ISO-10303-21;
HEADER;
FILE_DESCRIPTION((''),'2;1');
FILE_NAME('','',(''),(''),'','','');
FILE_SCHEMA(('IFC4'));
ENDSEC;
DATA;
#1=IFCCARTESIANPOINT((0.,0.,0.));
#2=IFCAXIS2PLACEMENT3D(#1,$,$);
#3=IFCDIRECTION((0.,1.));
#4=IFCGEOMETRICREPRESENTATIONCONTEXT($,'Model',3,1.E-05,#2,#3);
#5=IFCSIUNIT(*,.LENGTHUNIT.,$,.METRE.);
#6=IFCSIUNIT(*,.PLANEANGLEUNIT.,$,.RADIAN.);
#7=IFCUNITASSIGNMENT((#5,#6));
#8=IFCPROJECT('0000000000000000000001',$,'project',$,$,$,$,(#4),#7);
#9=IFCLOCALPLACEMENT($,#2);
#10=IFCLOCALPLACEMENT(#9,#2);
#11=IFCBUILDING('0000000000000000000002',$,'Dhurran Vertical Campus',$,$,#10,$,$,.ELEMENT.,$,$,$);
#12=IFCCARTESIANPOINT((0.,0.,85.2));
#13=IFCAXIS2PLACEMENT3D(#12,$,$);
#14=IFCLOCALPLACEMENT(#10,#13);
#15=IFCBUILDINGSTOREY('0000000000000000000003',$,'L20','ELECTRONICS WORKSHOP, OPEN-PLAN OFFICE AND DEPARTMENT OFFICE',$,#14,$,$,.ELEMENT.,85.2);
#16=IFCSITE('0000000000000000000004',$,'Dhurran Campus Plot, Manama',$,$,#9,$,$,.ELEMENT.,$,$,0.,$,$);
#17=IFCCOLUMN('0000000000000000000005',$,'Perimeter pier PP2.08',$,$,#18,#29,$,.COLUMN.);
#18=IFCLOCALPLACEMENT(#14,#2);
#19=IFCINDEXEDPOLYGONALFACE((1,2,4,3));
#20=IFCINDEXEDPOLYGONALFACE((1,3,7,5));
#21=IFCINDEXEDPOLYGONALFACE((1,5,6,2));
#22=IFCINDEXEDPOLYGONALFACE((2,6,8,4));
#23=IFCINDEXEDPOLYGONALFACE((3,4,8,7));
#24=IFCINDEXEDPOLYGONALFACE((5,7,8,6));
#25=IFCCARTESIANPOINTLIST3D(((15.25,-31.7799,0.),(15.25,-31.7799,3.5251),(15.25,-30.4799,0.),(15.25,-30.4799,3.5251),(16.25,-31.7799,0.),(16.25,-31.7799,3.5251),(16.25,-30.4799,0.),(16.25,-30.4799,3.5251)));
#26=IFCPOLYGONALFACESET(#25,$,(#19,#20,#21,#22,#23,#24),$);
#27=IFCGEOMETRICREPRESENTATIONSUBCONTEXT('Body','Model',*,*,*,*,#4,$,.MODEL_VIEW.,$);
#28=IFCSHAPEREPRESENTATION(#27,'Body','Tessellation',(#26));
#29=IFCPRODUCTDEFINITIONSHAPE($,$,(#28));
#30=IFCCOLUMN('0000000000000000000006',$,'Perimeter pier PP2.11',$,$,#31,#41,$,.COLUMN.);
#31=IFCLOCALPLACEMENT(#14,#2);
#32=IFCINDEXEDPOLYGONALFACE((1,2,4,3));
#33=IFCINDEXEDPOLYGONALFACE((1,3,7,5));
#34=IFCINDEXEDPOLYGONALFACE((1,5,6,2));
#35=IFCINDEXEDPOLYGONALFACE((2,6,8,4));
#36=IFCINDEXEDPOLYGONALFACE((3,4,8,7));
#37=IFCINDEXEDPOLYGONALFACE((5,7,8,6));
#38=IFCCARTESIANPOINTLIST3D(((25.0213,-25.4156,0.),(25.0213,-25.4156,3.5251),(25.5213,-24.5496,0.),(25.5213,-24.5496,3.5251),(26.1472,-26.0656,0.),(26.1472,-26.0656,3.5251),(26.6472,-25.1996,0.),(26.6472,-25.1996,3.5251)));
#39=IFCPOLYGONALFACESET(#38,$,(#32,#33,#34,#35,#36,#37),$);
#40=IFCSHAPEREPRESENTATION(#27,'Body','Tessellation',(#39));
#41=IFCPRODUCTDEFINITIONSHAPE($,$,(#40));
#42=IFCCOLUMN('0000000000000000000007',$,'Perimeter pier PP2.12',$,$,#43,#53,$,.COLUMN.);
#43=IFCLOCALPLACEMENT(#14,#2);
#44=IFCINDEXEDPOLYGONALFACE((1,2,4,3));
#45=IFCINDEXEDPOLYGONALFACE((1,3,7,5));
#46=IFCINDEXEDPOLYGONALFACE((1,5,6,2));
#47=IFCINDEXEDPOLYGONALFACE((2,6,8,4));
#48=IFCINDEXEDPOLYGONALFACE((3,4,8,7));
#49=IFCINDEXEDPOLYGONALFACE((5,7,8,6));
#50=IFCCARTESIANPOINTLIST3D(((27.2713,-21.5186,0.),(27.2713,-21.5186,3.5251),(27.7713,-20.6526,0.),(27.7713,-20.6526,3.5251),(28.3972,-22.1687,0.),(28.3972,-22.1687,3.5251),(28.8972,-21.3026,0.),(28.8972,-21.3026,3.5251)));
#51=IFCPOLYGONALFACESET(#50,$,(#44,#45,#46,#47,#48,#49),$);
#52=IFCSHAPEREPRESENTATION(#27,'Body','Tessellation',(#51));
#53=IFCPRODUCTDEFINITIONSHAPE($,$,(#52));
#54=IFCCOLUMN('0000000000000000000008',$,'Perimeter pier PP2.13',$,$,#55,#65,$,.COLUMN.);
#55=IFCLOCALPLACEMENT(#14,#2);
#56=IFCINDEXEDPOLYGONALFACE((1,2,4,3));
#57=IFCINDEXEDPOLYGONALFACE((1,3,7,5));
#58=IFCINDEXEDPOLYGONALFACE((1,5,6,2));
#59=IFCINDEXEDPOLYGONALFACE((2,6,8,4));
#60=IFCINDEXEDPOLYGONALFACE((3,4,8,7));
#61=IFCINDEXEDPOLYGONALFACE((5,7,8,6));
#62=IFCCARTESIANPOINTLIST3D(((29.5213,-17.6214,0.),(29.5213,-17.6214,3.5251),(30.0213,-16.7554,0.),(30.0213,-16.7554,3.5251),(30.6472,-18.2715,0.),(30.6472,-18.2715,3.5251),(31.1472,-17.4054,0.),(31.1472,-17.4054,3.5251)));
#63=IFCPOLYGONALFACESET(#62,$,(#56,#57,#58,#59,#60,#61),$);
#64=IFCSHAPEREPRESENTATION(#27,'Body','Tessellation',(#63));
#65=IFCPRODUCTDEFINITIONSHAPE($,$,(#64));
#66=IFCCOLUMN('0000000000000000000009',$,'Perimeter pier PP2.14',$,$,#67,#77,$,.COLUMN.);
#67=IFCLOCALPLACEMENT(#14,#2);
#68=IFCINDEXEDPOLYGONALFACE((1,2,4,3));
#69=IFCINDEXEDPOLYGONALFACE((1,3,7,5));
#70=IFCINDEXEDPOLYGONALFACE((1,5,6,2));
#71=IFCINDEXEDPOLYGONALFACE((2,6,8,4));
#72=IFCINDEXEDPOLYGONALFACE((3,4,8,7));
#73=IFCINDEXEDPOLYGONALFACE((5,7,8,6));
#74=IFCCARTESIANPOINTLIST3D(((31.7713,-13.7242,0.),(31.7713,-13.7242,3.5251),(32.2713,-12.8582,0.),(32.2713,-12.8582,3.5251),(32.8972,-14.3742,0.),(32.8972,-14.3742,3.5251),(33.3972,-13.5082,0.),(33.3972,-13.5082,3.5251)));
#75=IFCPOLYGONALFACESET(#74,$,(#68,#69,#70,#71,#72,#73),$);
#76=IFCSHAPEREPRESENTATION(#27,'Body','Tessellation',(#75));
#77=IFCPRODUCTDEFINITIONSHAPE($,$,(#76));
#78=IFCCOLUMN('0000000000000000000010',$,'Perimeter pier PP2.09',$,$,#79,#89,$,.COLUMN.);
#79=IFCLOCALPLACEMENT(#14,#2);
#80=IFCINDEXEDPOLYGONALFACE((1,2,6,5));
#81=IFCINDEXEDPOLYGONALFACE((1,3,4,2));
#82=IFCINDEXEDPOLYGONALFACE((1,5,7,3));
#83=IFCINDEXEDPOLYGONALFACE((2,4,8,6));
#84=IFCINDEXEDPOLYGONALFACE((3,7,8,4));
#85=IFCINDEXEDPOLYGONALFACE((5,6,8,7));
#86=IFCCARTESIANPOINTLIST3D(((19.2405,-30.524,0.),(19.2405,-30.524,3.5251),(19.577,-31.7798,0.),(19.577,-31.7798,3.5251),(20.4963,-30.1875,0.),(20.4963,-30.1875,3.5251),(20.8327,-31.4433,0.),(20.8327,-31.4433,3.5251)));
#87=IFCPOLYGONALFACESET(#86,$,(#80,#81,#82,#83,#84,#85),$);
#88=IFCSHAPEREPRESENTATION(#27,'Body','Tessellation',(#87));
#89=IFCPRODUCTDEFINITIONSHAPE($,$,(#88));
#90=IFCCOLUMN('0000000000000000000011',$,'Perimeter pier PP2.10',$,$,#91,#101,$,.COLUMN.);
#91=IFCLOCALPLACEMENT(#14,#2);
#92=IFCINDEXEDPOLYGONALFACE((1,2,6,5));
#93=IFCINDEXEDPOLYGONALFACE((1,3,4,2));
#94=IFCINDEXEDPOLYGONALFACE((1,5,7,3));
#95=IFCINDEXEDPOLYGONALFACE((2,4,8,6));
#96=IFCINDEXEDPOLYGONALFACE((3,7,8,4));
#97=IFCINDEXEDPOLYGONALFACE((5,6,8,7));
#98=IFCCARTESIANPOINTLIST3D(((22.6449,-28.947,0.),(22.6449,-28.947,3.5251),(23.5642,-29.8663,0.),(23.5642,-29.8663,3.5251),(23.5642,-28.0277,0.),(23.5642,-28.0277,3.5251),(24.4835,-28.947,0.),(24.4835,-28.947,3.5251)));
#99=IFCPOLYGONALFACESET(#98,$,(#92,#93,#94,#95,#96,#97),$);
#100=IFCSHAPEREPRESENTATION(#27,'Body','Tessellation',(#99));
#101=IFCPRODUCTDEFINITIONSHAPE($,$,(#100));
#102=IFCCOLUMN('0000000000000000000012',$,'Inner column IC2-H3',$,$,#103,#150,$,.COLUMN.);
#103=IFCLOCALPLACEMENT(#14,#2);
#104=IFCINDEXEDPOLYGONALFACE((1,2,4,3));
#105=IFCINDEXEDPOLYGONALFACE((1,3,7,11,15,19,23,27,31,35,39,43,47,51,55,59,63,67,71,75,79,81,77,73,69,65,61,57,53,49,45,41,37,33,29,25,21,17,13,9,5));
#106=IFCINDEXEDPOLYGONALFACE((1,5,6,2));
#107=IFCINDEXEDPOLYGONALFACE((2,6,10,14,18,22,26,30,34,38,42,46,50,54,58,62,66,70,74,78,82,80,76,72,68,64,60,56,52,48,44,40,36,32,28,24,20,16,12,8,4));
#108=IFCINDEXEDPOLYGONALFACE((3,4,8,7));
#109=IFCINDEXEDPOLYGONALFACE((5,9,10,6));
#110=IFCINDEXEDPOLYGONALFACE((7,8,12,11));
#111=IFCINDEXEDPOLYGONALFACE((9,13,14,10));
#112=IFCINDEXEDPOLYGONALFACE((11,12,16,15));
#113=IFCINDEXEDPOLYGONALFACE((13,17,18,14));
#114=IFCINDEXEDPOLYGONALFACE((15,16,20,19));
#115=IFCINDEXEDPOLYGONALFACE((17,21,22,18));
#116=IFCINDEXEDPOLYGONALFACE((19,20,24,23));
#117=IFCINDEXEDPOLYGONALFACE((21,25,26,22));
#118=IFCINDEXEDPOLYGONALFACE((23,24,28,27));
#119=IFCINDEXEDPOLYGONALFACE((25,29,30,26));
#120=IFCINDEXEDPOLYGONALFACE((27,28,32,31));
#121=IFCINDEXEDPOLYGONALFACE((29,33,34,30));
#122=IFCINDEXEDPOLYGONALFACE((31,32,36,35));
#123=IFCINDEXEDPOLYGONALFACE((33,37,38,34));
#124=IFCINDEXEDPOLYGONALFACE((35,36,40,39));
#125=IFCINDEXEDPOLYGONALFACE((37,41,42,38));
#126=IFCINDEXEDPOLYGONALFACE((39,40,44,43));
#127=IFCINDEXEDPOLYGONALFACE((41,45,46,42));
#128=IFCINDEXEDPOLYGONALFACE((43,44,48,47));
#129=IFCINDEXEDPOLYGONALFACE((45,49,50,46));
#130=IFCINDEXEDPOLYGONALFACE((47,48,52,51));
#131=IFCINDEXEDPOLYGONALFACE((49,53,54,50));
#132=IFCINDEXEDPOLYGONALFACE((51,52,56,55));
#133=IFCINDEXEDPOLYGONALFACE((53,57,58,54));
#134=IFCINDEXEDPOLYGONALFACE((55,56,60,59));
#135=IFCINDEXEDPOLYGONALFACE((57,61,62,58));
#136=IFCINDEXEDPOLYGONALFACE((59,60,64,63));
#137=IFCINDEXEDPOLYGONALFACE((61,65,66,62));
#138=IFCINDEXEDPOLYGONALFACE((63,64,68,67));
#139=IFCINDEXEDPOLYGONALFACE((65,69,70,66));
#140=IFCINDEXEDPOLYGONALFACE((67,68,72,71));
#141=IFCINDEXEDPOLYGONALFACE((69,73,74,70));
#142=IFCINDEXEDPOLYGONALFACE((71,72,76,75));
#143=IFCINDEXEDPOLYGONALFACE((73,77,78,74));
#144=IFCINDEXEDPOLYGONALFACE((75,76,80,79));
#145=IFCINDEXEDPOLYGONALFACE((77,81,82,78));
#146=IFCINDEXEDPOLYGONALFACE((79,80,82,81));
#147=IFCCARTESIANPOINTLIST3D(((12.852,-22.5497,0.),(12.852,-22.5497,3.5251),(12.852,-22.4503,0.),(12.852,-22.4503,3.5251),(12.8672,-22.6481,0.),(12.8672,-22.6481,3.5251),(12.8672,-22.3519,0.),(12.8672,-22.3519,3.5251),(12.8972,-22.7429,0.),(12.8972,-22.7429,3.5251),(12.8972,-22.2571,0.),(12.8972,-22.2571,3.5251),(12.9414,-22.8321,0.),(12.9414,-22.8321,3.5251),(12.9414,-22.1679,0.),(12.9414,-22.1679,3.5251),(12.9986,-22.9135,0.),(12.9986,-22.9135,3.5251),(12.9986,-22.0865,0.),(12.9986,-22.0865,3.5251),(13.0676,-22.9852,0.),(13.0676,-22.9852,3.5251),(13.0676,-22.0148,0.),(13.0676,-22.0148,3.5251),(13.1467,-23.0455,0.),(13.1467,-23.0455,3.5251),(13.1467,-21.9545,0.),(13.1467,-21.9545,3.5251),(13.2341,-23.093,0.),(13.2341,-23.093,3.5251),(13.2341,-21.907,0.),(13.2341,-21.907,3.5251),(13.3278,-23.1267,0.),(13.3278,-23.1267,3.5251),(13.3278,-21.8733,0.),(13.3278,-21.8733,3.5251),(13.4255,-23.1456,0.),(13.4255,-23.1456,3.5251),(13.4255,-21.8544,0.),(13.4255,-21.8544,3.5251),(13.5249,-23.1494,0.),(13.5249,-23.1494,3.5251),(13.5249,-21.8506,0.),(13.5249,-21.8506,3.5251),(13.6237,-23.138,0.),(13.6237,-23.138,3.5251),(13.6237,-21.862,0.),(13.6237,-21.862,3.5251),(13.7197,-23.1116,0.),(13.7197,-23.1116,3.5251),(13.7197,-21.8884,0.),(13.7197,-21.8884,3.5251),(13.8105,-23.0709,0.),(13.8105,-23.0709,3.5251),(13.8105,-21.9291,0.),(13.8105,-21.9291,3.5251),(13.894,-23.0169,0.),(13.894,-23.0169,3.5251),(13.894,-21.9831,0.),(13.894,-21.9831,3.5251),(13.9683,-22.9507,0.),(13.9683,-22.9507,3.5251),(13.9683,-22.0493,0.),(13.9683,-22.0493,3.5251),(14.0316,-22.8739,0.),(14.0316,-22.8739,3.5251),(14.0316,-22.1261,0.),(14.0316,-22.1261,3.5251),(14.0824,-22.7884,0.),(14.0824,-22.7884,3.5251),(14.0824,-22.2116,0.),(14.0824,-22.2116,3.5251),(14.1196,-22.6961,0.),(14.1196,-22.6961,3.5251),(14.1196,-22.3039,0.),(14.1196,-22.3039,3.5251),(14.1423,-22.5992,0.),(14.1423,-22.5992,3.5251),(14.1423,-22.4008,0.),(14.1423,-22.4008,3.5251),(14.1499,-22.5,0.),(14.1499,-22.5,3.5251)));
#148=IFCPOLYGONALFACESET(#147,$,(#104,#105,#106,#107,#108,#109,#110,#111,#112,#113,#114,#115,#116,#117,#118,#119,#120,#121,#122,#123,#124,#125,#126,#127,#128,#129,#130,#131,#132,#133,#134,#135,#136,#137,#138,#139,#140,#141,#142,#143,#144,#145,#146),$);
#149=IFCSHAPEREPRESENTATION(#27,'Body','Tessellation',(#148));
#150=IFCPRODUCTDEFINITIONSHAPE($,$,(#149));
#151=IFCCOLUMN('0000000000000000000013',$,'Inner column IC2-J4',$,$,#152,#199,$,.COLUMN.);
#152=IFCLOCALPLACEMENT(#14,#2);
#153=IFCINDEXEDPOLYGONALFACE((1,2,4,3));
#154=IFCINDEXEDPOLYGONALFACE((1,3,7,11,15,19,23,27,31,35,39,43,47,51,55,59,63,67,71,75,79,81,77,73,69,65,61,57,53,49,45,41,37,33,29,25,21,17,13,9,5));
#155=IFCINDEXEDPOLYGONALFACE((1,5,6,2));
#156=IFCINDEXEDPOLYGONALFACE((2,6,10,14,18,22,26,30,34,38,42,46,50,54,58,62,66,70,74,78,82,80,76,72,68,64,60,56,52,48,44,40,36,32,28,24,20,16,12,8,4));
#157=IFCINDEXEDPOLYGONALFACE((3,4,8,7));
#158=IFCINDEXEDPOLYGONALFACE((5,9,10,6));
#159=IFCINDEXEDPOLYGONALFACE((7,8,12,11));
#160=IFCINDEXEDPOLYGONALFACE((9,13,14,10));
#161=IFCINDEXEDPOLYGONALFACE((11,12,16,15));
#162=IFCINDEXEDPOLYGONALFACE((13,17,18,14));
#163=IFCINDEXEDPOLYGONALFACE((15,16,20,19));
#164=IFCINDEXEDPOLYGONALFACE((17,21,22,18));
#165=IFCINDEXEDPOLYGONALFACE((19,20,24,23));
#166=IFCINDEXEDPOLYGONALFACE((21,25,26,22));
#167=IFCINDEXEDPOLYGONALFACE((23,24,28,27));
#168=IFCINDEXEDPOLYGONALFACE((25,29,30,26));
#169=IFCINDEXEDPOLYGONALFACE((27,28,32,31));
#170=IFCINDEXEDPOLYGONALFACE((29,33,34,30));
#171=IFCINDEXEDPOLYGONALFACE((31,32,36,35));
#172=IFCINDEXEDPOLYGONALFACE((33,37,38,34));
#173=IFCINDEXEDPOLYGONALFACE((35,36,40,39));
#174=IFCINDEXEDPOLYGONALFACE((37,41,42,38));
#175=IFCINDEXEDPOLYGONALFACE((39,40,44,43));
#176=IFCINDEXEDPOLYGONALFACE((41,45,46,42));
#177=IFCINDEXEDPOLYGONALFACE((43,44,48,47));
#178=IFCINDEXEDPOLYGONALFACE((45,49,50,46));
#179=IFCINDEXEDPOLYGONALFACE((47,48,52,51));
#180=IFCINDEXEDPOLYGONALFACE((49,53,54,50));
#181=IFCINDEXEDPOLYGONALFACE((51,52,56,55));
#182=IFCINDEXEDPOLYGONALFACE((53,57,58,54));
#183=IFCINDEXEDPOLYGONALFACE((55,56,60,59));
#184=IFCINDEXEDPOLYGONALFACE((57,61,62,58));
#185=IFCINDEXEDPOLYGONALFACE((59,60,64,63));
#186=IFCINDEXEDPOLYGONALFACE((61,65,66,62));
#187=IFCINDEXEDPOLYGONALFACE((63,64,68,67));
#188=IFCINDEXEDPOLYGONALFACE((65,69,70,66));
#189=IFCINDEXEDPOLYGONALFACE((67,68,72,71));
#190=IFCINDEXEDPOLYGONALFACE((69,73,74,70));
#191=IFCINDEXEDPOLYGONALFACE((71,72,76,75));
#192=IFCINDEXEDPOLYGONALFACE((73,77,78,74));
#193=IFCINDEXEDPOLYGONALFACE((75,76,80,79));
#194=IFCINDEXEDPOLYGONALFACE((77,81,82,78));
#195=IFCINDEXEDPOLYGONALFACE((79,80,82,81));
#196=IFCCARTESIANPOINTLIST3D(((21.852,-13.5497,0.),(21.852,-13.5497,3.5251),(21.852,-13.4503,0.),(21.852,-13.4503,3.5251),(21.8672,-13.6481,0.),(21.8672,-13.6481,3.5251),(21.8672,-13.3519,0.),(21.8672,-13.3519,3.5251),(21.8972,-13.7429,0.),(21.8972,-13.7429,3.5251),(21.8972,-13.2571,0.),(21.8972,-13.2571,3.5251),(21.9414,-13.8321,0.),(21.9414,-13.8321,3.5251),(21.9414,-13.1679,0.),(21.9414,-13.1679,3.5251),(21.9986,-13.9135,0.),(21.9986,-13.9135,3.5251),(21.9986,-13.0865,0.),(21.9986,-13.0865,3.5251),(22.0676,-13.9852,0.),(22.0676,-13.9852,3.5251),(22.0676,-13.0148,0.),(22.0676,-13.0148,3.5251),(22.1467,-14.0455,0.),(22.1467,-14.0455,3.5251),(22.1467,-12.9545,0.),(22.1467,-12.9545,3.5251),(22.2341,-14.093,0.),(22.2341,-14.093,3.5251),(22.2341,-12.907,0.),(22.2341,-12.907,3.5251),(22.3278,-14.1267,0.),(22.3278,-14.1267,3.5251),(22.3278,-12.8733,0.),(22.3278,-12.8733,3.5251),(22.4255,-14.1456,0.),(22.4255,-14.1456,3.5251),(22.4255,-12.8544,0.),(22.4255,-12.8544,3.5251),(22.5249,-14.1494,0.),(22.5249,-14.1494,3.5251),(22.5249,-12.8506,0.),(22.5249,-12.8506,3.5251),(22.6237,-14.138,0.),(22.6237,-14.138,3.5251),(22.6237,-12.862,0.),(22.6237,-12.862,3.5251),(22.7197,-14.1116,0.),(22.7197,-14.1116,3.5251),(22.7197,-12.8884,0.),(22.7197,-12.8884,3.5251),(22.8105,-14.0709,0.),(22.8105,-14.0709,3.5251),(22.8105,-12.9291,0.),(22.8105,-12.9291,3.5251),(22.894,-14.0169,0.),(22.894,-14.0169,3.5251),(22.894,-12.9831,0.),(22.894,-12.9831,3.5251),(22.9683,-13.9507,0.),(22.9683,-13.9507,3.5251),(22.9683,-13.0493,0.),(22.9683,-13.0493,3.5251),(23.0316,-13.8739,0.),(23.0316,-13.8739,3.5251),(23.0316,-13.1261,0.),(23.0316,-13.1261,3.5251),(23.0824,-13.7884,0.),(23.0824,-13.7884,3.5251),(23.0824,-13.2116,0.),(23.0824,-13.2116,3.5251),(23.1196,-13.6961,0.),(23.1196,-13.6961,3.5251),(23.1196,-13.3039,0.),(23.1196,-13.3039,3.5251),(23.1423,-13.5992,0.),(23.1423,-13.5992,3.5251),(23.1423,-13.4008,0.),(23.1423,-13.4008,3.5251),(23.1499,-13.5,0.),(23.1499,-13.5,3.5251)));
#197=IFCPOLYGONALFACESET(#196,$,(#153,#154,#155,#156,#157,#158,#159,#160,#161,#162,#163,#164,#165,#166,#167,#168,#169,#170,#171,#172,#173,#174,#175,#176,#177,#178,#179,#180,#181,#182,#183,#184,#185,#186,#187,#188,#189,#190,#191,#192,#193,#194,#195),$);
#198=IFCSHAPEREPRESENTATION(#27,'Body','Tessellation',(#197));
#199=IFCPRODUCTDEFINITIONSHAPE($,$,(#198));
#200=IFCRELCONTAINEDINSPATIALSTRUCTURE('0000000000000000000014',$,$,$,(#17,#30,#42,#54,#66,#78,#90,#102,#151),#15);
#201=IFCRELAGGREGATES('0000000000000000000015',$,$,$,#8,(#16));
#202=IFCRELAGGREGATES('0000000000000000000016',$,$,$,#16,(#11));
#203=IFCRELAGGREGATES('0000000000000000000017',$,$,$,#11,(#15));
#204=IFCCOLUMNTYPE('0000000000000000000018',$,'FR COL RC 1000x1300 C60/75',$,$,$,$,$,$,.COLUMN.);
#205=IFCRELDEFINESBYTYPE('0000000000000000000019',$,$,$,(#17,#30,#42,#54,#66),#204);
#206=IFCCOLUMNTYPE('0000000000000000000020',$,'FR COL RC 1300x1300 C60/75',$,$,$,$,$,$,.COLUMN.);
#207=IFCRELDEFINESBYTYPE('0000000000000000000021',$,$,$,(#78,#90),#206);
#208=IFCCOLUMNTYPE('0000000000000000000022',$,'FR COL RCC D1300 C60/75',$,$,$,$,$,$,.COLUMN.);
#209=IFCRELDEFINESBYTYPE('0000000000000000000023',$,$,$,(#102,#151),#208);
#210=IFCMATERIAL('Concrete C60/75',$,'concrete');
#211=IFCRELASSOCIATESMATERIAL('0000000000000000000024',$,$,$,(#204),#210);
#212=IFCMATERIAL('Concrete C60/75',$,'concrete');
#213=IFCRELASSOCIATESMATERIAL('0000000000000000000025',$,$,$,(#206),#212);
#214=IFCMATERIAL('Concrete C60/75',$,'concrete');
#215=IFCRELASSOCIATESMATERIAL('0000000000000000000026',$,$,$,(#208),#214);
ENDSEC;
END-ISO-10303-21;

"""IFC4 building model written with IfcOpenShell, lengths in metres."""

from ifc_helpers import new_model, si_unit, direction, frame, origin, origin_2d, place, context, subcontext, project, spatial, rectangle, circle, extrude, material, material_profile, profile_set, type_object, element, save


model = new_model("IFC4")

# Units and contexts
model_context = context("Model", 3, precision=1e-05, world=origin(), true_north=direction((0.0, 1.0)))
body_context = subcontext(model_context, "Body", "Model", "MODEL_VIEW")
ifc_project = project(units=[si_unit("LENGTHUNIT", "METRE"), si_unit("PLANEANGLEUNIT", "RADIAN")], contexts=[model_context])

# Site, building, storey
site_placement = place(None, origin())
site = spatial("IfcSite", under=ifc_project, at=site_placement, Name="Dhurran Campus Plot, Manama", CompositionType="ELEMENT", RefElevation=0.0)
building_placement = place(site_placement, origin())
building = spatial("IfcBuilding", under=site, at=building_placement, Name="Dhurran Vertical Campus", CompositionType="ELEMENT")
storey_placement = place(building_placement, frame((0.0, 0.0, 85.2)))
storey = spatial("IfcBuildingStorey", under=building, at=storey_placement, Name="L20", Description="ELECTRONICS WORKSHOP, OPEN-PLAN OFFICE AND DEPARTMENT OFFICE", CompositionType="ELEMENT", Elevation=85.2)

# Columns
ifc_material_1 = material(Name="Concrete C60/75", Category="concrete")
ifc_material_profile_1 = material_profile(ifc_material_1, rectangle(XDim=1.0, YDim=1.3, at=origin_2d()), Name="RC 1000x1300")
ifc_profile_set_1 = profile_set([ifc_material_profile_1], Name="Concrete C60/75")
column_type_1 = type_object("IfcColumnType", Name="FR COL RC 1000x1300 C60/75", PredefinedType="COLUMN", material=ifc_profile_set_1)
for number, where, z_axis, x_axis, name in (
    (1, (15.75, -31.1299, 0.0), (0.0, 0.0, 1.0), (1.0, 0.0, 0.0), "Perimeter pier PP2.08"),
    (2, (25.8342, -25.3076, 0.0), (0.0, 0.0, 1.0), (0.5, 0.866025, 0.0), "Perimeter pier PP2.11"),
    (3, (28.0842, -21.4106, 0.0), (0.0, 0.0, 1.0), (0.5, 0.866025, 0.0), "Perimeter pier PP2.12"),
    (4, (30.3342, -17.5134, 0.0), (0.0, 0.0, 1.0), (0.5, 0.866025, 0.0), "Perimeter pier PP2.13"),
    (5, (32.5842, -13.6162, 0.0), (0.0, 0.0, 1.0), (0.5, 0.866025, 0.0), "Perimeter pier PP2.14"),
):
    element("IfcColumn", number, at=place(storey_placement, frame(where, z_axis=z_axis, x_axis=x_axis)), inside=storey, type_object=column_type_1, Name=name, PredefinedType="COLUMN", context=body_context, shape_type="SweptSolid", body=[
        extrude(rectangle(XDim=1.0, YDim=1.3, at=origin_2d()), origin(), (0.0, 0.0, 1.0), 3.5251),
    ])
ifc_material_2 = material(Name="Concrete C60/75", Category="concrete")
ifc_material_profile_2 = material_profile(ifc_material_2, rectangle(XDim=1.3, YDim=1.3, at=origin_2d()), Name="RC 1300x1300")
ifc_profile_set_2 = profile_set([ifc_material_profile_2], Name="Concrete C60/75")
column_type_2 = type_object("IfcColumnType", Name="FR COL RC 1300x1300 C60/75", PredefinedType="COLUMN", material=ifc_profile_set_2)
for number, where, z_axis, x_axis, name in (
    (6, (20.0366, -30.9836, 0.0), (0.0, 0.0, 1.0), (0.965926, 0.258819, 0.0), "Perimeter pier PP2.09"),
    (7, (23.5642, -28.947, 0.0), (0.0, 0.0, 1.0), (0.707107, 0.707107, 0.0), "Perimeter pier PP2.10"),
):
    element("IfcColumn", number, at=place(storey_placement, frame(where, z_axis=z_axis, x_axis=x_axis)), inside=storey, type_object=column_type_2, Name=name, PredefinedType="COLUMN", context=body_context, shape_type="SweptSolid", body=[
        extrude(rectangle(XDim=1.3, YDim=1.3, at=origin_2d()), origin(), (0.0, 0.0, 1.0), 3.5251),
    ])
ifc_material_3 = material(Name="Concrete C60/75", Category="concrete")
ifc_material_profile_3 = material_profile(ifc_material_3, circle(Radius=0.6499, at=origin_2d()), Name="RCC D1300")
ifc_profile_set_3 = profile_set([ifc_material_profile_3], Name="Concrete C60/75")
column_type_3 = type_object("IfcColumnType", Name="FR COL RCC D1300 C60/75", PredefinedType="COLUMN", material=ifc_profile_set_3)
for number, where, z_axis, x_axis, name in (
    (8, (13.5, -22.5, 0.0), (0.0, 0.0, 1.0), (1.0, 0.0, 0.0), "Inner column IC2-H3"),
    (9, (22.5, -13.5, 0.0), (0.0, 0.0, 1.0), (1.0, 0.0, 0.0), "Inner column IC2-J4"),
):
    element("IfcColumn", number, at=place(storey_placement, frame(where, z_axis=z_axis, x_axis=x_axis)), inside=storey, type_object=column_type_3, Name=name, PredefinedType="COLUMN", context=body_context, shape_type="SweptSolid", body=[
        extrude(circle(Radius=0.6499, at=origin_2d()), origin(), (0.0, 0.0, 1.0), 3.5251),
    ])

save(model, "model.ifc")
